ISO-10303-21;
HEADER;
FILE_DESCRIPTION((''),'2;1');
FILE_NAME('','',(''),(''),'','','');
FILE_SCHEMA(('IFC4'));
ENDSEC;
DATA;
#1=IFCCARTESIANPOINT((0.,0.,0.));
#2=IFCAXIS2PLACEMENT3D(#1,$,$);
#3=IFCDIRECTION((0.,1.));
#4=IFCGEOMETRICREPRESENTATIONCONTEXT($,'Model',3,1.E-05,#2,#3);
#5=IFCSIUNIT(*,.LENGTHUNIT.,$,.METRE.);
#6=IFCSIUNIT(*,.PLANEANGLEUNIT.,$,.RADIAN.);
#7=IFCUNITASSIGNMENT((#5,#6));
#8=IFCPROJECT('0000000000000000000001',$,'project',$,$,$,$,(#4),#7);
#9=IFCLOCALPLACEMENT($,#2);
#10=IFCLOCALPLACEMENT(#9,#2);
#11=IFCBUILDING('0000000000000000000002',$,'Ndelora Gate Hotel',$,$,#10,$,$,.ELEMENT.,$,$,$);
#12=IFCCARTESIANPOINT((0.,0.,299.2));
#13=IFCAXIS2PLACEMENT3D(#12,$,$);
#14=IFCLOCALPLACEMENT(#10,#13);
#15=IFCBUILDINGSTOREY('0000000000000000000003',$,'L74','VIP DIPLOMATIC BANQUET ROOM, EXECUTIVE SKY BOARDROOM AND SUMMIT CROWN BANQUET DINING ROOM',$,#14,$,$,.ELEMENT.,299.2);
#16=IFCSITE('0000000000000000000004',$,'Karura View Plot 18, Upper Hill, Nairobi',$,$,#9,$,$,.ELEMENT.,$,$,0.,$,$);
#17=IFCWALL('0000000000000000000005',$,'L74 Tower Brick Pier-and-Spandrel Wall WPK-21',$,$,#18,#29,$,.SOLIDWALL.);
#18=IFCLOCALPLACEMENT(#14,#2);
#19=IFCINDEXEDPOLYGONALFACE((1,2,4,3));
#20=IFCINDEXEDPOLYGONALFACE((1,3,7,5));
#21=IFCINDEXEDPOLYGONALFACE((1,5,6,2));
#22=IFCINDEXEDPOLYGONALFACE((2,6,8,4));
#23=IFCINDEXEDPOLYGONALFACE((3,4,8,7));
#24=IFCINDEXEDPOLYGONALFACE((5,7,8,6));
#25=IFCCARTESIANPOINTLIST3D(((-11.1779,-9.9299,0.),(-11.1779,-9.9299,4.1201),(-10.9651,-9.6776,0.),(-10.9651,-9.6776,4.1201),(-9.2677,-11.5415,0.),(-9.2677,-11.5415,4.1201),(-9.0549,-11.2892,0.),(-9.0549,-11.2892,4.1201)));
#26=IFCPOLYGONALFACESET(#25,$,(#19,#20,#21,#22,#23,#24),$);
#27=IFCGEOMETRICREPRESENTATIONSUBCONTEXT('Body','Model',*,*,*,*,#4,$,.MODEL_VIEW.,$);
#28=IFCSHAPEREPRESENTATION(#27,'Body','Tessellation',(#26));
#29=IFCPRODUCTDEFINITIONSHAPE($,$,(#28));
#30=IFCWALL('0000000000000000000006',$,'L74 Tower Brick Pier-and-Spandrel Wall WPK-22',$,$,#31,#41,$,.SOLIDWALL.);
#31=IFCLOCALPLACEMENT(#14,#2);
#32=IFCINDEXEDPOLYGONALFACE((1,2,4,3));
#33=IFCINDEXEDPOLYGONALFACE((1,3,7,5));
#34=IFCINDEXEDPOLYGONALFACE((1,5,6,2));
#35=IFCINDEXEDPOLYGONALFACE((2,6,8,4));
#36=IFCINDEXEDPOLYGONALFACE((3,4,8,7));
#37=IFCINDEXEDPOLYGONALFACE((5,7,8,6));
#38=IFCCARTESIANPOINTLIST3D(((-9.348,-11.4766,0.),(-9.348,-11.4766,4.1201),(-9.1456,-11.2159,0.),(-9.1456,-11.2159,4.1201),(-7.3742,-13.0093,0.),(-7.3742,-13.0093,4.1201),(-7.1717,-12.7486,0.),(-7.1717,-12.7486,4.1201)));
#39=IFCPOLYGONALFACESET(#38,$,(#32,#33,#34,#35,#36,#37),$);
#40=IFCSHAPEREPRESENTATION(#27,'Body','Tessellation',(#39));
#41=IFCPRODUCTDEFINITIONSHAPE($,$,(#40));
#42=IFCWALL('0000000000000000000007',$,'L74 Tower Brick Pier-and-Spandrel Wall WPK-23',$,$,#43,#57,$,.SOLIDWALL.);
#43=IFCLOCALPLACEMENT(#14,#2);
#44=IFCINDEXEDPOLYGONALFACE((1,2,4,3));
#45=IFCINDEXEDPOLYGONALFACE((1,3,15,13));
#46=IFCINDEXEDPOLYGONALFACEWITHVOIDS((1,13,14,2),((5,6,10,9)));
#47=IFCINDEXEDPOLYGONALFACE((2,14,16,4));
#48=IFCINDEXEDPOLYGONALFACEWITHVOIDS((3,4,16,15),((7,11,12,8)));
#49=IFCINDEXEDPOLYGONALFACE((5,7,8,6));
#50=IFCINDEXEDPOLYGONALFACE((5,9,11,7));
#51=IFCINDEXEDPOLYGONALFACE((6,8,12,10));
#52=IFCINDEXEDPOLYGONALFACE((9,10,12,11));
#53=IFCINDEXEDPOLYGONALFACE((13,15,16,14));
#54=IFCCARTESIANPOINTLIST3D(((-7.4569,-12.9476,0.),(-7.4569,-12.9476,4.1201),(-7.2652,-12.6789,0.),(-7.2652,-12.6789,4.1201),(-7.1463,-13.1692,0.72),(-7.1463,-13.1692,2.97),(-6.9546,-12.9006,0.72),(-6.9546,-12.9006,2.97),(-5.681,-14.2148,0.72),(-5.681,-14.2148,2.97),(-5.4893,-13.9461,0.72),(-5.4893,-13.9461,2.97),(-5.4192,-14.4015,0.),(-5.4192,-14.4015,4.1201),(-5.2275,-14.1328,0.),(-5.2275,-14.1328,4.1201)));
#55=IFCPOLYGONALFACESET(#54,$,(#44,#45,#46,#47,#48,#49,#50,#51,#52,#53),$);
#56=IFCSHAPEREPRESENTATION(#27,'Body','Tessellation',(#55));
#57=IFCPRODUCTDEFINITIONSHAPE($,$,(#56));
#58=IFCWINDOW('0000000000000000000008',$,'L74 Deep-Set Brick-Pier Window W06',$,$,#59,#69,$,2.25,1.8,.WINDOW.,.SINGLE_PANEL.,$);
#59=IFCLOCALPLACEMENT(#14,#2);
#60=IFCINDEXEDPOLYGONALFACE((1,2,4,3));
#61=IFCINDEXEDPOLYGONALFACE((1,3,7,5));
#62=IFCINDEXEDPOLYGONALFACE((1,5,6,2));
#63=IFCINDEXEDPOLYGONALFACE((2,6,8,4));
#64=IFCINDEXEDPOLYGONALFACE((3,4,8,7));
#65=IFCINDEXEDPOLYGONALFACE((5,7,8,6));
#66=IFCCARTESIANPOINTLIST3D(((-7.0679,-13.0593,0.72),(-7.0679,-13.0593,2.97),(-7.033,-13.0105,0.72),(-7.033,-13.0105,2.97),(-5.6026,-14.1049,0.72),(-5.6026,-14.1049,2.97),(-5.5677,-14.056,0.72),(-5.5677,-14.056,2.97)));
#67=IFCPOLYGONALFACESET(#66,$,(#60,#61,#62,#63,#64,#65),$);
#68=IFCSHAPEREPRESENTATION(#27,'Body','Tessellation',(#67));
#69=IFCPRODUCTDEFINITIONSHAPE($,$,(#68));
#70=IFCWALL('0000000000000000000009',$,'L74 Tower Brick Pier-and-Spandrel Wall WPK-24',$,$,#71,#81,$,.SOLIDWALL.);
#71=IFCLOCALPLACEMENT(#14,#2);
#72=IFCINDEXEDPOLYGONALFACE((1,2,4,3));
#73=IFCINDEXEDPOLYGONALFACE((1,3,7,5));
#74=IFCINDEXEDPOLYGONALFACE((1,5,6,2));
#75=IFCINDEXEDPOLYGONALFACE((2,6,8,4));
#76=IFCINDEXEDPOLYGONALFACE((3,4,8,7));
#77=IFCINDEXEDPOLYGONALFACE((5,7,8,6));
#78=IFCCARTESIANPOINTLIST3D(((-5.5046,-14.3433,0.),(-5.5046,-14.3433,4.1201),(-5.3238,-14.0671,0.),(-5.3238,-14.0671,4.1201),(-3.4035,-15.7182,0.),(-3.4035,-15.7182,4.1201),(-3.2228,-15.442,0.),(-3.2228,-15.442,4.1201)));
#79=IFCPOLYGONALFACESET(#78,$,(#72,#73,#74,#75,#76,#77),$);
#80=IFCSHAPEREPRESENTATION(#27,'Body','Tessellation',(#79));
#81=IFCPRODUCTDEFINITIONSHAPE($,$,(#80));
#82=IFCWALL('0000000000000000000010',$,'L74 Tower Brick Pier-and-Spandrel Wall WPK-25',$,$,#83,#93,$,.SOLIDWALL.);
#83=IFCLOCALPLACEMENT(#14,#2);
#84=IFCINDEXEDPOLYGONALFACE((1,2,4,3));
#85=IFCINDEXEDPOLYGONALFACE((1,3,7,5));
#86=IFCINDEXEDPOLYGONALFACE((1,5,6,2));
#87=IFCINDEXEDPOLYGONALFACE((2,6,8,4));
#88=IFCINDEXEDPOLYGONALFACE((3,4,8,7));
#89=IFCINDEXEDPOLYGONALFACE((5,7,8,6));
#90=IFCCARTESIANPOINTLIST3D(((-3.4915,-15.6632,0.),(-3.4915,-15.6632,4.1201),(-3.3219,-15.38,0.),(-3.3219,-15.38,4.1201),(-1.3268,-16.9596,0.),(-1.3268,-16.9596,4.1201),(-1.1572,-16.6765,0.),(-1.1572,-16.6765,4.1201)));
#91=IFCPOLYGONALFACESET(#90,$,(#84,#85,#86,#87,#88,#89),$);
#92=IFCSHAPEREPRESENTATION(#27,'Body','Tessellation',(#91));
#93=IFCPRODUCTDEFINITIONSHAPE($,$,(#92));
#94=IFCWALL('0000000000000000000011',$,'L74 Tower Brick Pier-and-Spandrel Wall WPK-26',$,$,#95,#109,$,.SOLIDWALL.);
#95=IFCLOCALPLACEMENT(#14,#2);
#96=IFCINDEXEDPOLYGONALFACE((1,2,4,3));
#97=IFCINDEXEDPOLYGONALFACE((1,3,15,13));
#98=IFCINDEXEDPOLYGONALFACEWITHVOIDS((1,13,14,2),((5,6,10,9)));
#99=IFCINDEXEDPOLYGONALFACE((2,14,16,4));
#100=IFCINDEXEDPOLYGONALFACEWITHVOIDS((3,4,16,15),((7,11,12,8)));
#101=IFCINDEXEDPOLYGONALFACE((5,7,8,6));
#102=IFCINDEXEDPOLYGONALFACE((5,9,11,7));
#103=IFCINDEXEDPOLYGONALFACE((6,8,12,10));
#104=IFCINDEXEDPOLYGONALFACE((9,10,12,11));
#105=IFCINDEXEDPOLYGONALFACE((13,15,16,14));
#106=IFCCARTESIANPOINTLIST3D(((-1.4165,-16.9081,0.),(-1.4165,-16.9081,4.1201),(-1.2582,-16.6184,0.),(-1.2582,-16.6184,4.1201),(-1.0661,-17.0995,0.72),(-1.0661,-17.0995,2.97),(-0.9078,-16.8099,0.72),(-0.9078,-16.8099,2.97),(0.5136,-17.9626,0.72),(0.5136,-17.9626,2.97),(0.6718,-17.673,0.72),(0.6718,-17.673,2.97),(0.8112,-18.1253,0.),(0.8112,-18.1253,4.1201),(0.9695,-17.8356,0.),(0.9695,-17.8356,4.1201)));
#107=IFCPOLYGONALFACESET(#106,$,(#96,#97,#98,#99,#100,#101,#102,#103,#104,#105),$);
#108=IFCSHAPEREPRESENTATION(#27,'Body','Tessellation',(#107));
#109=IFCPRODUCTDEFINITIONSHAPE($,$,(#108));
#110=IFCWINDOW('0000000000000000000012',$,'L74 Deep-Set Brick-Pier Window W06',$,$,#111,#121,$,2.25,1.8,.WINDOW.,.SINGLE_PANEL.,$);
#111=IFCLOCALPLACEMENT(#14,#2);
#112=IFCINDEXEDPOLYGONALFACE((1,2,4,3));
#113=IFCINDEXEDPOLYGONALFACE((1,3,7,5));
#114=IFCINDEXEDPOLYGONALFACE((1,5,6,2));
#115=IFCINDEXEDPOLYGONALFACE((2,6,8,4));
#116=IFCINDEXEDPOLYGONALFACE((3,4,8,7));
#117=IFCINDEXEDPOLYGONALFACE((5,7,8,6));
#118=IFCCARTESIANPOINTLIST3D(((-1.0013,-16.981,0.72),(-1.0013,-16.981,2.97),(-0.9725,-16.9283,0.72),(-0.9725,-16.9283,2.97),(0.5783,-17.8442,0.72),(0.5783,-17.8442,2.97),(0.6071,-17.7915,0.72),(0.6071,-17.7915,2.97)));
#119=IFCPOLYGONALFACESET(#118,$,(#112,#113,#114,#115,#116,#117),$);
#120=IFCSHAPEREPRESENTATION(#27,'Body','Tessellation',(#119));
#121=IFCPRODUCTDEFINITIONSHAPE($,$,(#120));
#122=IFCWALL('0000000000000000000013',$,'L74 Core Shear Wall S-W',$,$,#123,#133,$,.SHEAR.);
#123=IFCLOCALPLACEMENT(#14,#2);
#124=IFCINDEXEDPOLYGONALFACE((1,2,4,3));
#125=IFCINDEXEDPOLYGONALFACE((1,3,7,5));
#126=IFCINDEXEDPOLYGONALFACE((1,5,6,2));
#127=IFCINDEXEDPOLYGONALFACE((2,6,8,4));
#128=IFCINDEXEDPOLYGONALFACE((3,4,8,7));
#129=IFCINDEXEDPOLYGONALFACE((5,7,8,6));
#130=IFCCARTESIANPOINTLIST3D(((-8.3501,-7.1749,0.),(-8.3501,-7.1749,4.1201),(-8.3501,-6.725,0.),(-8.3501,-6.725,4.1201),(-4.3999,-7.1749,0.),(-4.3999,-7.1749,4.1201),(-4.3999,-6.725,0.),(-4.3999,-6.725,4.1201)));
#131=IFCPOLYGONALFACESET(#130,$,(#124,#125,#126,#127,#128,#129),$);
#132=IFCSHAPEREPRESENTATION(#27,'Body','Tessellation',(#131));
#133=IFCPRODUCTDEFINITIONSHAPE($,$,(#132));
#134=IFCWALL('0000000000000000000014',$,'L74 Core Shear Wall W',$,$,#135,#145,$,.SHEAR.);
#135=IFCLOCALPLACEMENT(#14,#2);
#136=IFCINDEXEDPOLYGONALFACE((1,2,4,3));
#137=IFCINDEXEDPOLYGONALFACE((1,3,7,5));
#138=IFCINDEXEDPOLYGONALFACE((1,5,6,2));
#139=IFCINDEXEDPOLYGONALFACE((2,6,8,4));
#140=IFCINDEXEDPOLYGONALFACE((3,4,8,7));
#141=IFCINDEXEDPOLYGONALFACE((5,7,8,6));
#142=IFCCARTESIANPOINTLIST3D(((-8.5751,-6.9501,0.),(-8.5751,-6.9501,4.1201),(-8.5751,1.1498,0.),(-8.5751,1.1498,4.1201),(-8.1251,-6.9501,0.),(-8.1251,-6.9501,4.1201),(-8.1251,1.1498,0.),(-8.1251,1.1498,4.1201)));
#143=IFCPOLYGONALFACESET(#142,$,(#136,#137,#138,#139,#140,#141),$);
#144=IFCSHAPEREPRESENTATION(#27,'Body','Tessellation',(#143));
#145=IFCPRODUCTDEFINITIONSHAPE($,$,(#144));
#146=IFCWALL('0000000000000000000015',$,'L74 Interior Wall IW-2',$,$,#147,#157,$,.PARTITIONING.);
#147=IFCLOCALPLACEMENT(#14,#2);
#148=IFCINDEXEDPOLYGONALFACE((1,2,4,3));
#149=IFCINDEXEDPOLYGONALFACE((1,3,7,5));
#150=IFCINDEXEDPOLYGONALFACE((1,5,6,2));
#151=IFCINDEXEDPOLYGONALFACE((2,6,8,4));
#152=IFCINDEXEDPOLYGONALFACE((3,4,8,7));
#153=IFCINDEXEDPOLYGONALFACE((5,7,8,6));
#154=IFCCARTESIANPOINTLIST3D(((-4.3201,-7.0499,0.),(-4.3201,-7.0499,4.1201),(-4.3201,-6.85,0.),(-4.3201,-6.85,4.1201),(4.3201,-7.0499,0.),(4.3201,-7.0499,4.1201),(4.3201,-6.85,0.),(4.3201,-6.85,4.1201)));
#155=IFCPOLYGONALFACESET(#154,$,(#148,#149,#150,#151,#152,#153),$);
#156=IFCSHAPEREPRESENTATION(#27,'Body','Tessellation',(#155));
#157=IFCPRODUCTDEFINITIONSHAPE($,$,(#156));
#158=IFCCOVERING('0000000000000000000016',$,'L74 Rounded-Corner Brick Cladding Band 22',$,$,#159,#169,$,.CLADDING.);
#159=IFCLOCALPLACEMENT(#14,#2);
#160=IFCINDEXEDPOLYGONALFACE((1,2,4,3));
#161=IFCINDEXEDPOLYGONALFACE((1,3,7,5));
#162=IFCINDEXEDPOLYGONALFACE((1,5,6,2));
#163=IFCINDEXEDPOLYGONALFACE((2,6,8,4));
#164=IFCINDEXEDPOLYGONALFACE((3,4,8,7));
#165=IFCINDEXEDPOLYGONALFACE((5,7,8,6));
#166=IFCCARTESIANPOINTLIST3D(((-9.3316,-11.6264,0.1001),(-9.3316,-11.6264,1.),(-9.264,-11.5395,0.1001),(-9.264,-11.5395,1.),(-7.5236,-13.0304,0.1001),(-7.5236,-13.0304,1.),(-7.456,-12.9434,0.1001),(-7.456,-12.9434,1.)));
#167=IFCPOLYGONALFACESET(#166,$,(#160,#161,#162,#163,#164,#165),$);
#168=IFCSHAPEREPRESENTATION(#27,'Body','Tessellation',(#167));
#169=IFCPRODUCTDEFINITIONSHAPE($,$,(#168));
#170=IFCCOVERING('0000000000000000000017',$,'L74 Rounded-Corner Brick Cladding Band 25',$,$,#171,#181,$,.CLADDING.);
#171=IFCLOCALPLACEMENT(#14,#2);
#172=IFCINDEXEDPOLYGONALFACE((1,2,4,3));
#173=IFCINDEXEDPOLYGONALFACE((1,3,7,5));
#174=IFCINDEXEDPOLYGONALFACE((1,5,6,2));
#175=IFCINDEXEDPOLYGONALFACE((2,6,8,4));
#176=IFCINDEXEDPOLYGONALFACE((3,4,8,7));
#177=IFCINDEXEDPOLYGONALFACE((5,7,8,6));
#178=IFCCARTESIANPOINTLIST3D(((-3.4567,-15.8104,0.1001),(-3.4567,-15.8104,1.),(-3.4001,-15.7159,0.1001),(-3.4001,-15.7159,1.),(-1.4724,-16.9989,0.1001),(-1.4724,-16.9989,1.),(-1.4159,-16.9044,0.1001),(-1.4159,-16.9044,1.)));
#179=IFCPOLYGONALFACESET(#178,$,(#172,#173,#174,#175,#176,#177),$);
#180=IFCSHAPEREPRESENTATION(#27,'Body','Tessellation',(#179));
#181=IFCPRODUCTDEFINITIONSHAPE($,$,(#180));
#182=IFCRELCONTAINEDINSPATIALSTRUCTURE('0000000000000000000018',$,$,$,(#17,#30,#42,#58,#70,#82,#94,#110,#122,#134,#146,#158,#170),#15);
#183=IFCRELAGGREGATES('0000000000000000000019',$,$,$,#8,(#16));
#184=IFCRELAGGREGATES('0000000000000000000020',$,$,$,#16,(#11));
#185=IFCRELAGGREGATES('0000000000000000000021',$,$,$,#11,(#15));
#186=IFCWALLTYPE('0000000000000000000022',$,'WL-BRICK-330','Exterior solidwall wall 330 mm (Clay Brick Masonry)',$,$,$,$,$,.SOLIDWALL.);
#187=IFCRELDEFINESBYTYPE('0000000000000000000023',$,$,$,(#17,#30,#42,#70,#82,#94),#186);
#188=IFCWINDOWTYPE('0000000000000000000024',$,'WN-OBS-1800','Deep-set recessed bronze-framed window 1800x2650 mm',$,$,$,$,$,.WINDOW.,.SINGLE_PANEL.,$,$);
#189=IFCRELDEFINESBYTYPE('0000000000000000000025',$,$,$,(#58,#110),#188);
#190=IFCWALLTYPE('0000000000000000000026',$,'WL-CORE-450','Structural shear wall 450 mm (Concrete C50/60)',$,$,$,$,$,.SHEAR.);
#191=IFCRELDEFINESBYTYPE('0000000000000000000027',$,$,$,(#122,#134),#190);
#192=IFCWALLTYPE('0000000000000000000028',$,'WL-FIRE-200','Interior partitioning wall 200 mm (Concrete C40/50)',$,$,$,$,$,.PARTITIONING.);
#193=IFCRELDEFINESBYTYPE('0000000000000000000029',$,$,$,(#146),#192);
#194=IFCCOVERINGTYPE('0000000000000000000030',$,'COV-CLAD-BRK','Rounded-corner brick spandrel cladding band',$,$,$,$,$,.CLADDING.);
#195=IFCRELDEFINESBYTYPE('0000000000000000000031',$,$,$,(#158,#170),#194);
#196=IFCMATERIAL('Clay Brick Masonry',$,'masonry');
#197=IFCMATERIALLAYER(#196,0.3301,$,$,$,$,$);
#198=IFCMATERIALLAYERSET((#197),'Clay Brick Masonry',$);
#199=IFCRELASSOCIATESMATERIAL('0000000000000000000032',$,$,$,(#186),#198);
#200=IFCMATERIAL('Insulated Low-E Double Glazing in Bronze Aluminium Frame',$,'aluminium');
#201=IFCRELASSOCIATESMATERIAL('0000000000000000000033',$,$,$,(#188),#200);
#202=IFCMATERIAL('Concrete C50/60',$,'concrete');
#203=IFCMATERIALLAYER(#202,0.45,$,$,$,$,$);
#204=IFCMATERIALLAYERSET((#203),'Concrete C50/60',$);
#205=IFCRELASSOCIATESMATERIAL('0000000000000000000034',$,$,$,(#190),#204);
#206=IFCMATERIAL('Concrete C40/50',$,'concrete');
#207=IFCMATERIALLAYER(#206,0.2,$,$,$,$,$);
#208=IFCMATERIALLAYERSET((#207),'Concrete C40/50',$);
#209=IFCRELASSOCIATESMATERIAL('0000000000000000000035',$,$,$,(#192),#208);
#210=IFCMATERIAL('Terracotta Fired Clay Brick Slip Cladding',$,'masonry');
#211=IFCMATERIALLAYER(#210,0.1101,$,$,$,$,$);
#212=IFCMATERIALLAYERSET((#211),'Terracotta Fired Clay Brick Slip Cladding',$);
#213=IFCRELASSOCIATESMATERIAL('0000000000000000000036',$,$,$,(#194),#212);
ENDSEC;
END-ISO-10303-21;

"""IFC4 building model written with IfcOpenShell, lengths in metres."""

from ifc_helpers import new_model, si_unit, direction, frame, frame_2d, origin, origin_2d, place, context, subcontext, project, spatial, rectangle, extrude, material, layer, layer_set, type_object, element, fill, save


model = new_model("IFC4")

# Units and contexts
model_context = context("Model", 3, precision=1e-05, world=origin(), true_north=direction((0.0, 1.0)))
body_context = subcontext(model_context, "Body", "Model", "MODEL_VIEW")
ifc_project = project(units=[si_unit("LENGTHUNIT", "METRE"), si_unit("PLANEANGLEUNIT", "RADIAN")], contexts=[model_context])

# Site, building, storey
site_placement = place(None, origin())
site = spatial("IfcSite", under=ifc_project, at=site_placement, Name="Karura View Plot 18, Upper Hill, Nairobi", CompositionType="ELEMENT", RefElevation=0.0)
building_placement = place(site_placement, origin())
building = spatial("IfcBuilding", under=site, at=building_placement, Name="Ndelora Gate Hotel", CompositionType="ELEMENT")
storey_placement = place(building_placement, frame((0.0, 0.0, 299.2)))
storey = spatial("IfcBuildingStorey", under=building, at=storey_placement, Name="L74", Description="VIP DIPLOMATIC BANQUET ROOM, EXECUTIVE SKY BOARDROOM AND SUMMIT CROWN BANQUET DINING ROOM", CompositionType="ELEMENT", Elevation=299.2)

# Shared definitions
ifc_material_1 = material(Name="Concrete C50/60", Category="concrete")

# Walls
ifc_material_2 = material(Name="Clay Brick Masonry", Category="masonry")
ifc_layer_1 = layer(ifc_material_2, 0.3301)
ifc_layer_set_1 = layer_set([ifc_layer_1], Name="Clay Brick Masonry")
wall_type_1 = type_object("IfcWallType", Name="WL-BRICK-330", Description="Exterior solidwall wall 330 mm (Clay Brick Masonry)", PredefinedType="SOLIDWALL", material=ifc_layer_set_1)
wall_1_placement = place(storey_placement, frame((-9.1614, -11.4153, 0.0), z_axis=(0.0, 0.0, 1.0), x_axis=(-0.764316, 0.644842, 0.0)))
element("IfcWall", 1, at=wall_1_placement, inside=storey, type_object=wall_type_1, Name="L74 Tower Brick Pier-and-Spandrel Wall WPK-21", PredefinedType="SOLIDWALL", context=body_context, shape_type="SweptSolid", body=[
    extrude(rectangle(XDim=2.4993, YDim=0.3301, at=frame_2d((1.2495, 0.0))), origin(), (0.0, 0.0, 1.0), 4.1201),
])
wall_2_placement = place(storey_placement, frame((-7.2729, -12.8789, 0.0), z_axis=(0.0, 0.0, 1.0), x_axis=(-0.789841, 0.613311, 0.0)))
element("IfcWall", 2, at=wall_2_placement, inside=storey, type_object=wall_type_1, Name="L74 Tower Brick Pier-and-Spandrel Wall WPK-22", PredefinedType="SOLIDWALL", context=body_context, shape_type="SweptSolid", body=[
    extrude(rectangle(XDim=2.499, YDim=0.3301, at=frame_2d((1.2495, 0.0))), origin(), (0.0, 0.0, 1.0), 4.1201),
])

# Wall, opening, window
wall_3_placement = place(storey_placement, frame((-5.3235, -14.2671, 0.0), z_axis=(0.0, 0.0, 1.0), x_axis=(-0.81403, 0.580823, 0.0)))
wall_3 = element("IfcWall", 3, at=wall_3_placement, inside=storey, type_object=wall_type_1, Name="L74 Tower Brick Pier-and-Spandrel Wall WPK-23", PredefinedType="SOLIDWALL", context=body_context, shape_type="SweptSolid", body=[
    extrude(rectangle(XDim=2.5032, YDim=0.3301, at=frame_2d((1.2515, 0.0))), origin(), (0.0, 0.0, 1.0), 4.1201),
])
opening_1_placement = place(wall_3_placement, frame((0.3215, 0.0, 0.72)))
opening_1 = element("IfcOpeningElement", 4, at=opening_1_placement, cuts=wall_3, PredefinedType="OPENING", context=body_context, shape_type="SweptSolid", body=[
    extrude(rectangle(XDim=1.8, YDim=2.25, at=frame_2d((0.8999, 1.125))), frame((0.0, 0.175, 0.0), z_axis=(0.0, -1.0, 0.0), x_axis=(1.0, 0.0, 0.0)), (0.0, 0.0, 1.0), 0.3501),
])
ifc_material_3 = material(Name="Insulated Low-E Double Glazing in Bronze Aluminium Frame", Category="aluminium")
window_type = type_object("IfcWindowType", Name="WN-OBS-1800", Description="Deep-set recessed bronze-framed window 1800x2650 mm", PartitioningType="SINGLE_PANEL", PredefinedType="WINDOW", material=ifc_material_3)
window_1_placement = place(opening_1_placement, origin())
window_1 = element("IfcWindow", 5, at=window_1_placement, inside=storey, type_object=window_type, Name="L74 Deep-Set Brick-Pier Window W06", OverallHeight=2.25, OverallWidth=1.8, PartitioningType="SINGLE_PANEL", PredefinedType="WINDOW", context=body_context, shape_type="SweptSolid", body=[
    extrude(rectangle(XDim=1.8, YDim=2.25, at=frame_2d((0.8999, 1.125))), frame((0.0, 0.03, 0.0), z_axis=(0.0, -1.0, 0.0), x_axis=(1.0, 0.0, 0.0)), (0.0, 0.0, 1.0), 0.0601),
])
fill(opening_1, window_1)

# Walls
wall_4_placement = place(storey_placement, frame((-3.3132, -15.5801, 0.0), z_axis=(0.0, 0.0, 1.0), x_axis=(-0.836747, 0.54759, 0.0)))
element("IfcWall", 6, at=wall_4_placement, inside=storey, type_object=wall_type_1, Name="L74 Tower Brick Pier-and-Spandrel Wall WPK-24", PredefinedType="SOLIDWALL", context=body_context, shape_type="SweptSolid", body=[
    extrude(rectangle(XDim=2.511, YDim=0.3301, at=frame_2d((1.2554, 0.0))), origin(), (0.0, 0.0, 1.0), 4.1201),
])
wall_5_placement = place(storey_placement, frame((-1.2419, -16.8181, 0.0), z_axis=(0.0, 0.0, 1.0), x_axis=(-0.857902, 0.513813, 0.0)))
element("IfcWall", 7, at=wall_5_placement, inside=storey, type_object=wall_type_1, Name="L74 Tower Brick Pier-and-Spandrel Wall WPK-25", PredefinedType="SOLIDWALL", context=body_context, shape_type="SweptSolid", body=[
    extrude(rectangle(XDim=2.5232, YDim=0.3301, at=frame_2d((1.2617, 0.0))), origin(), (0.0, 0.0, 1.0), 4.1201),
])

# Wall, opening, window
wall_6_placement = place(storey_placement, frame((0.8904, -17.9805, 0.0), z_axis=(0.0, 0.0, 1.0), x_axis=(-0.877543, 0.479499, 0.0)))
wall_6 = element("IfcWall", 8, at=wall_6_placement, inside=storey, type_object=wall_type_1, Name="L74 Tower Brick Pier-and-Spandrel Wall WPK-26", PredefinedType="SOLIDWALL", context=body_context, shape_type="SweptSolid", body=[
    extrude(rectangle(XDim=2.5386, YDim=0.3301, at=frame_2d((1.2693, 0.0))), origin(), (0.0, 0.0, 1.0), 4.1201),
])
opening_2_placement = place(wall_6_placement, frame((0.3394, 0.0, 0.72)))
opening_2 = element("IfcOpeningElement", 9, at=opening_2_placement, cuts=wall_6, PredefinedType="OPENING", context=body_context, shape_type="SweptSolid", body=[
    extrude(rectangle(XDim=1.8, YDim=2.25, at=frame_2d((0.8999, 1.125))), frame((0.0, 0.175, 0.0), z_axis=(0.0, -1.0, 0.0), x_axis=(1.0, 0.0, 0.0)), (0.0, 0.0, 1.0), 0.3501),
])
window_2_placement = place(opening_2_placement, origin())
window_2 = element("IfcWindow", 10, at=window_2_placement, inside=storey, type_object=window_type, Name="L74 Deep-Set Brick-Pier Window W06", OverallHeight=2.25, OverallWidth=1.8, PartitioningType="SINGLE_PANEL", PredefinedType="WINDOW", context=body_context, shape_type="SweptSolid", body=[
    extrude(rectangle(XDim=1.8, YDim=2.25, at=frame_2d((0.8999, 1.125))), frame((0.0, 0.03, 0.0), z_axis=(0.0, -1.0, 0.0), x_axis=(1.0, 0.0, 0.0)), (0.0, 0.0, 1.0), 0.0601),
])
fill(opening_2, window_2)

# Walls
ifc_layer_2 = layer(ifc_material_1, 0.45)
ifc_layer_set_2 = layer_set([ifc_layer_2], Name="Concrete C50/60")
wall_type_2 = type_object("IfcWallType", Name="WL-CORE-450", Description="Structural shear wall 450 mm (Concrete C50/60)", PredefinedType="SHEAR", material=ifc_layer_set_2)
wall_7_placement = place(storey_placement, frame((-8.3501, -6.95, 0.0), z_axis=(0.0, 0.0, 1.0), x_axis=(1.0, 0.0, 0.0)))
element("IfcWall", 11, at=wall_7_placement, inside=storey, type_object=wall_type_2, Name="L74 Core Shear Wall S-W", PredefinedType="SHEAR", context=body_context, shape_type="SweptSolid", body=[
    extrude(rectangle(XDim=3.9502, YDim=0.45, at=frame_2d((1.9751, 0.0))), origin(), (0.0, 0.0, 1.0), 4.1201),
])
wall_8_placement = place(storey_placement, frame((-8.3501, -6.95, 0.0), z_axis=(0.0, 0.0, 1.0), x_axis=(0.0, 1.0, 0.0)))
element("IfcWall", 12, at=wall_8_placement, inside=storey, type_object=wall_type_2, Name="L74 Core Shear Wall W", PredefinedType="SHEAR", context=body_context, shape_type="SweptSolid", body=[
    extrude(rectangle(XDim=8.0999, YDim=0.45, at=frame_2d((4.0498, 0.0))), origin(), (0.0, 0.0, 1.0), 4.1201),
])
ifc_material_4 = material(Name="Concrete C40/50", Category="concrete")
ifc_layer_3 = layer(ifc_material_4, 0.2)
ifc_layer_set_3 = layer_set([ifc_layer_3], Name="Concrete C40/50")
wall_type_3 = type_object("IfcWallType", Name="WL-FIRE-200", Description="Interior partitioning wall 200 mm (Concrete C40/50)", PredefinedType="PARTITIONING", material=ifc_layer_set_3)
wall_9_placement = place(storey_placement, frame((-4.3201, -6.95, 0.0), z_axis=(0.0, 0.0, 1.0), x_axis=(1.0, 0.0, 0.0)))
element("IfcWall", 13, at=wall_9_placement, inside=storey, type_object=wall_type_3, Name="L74 Interior Wall IW-2", PredefinedType="PARTITIONING", context=body_context, shape_type="SweptSolid", body=[
    extrude(rectangle(XDim=8.6401, YDim=0.2, at=frame_2d((4.3201, 0.0))), origin(), (0.0, 0.0, 1.0), 4.1201),
])

# Coverings
ifc_material_5 = material(Name="Terracotta Fired Clay Brick Slip Cladding", Category="masonry")
ifc_layer_4 = layer(ifc_material_5, 0.1101)
ifc_layer_set_4 = layer_set([ifc_layer_4], Name="Terracotta Fired Clay Brick Slip Cladding")
covering_type_1 = type_object("IfcCoveringType", Name="COV-CLAD-BRK", Description="Rounded-corner brick spandrel cladding band", PredefinedType="CLADDING", material=ifc_layer_set_4)
covering_1_placement = place(storey_placement, frame((-8.3938, -12.2849, 0.1001), z_axis=(0.0, 0.0, 1.0), x_axis=(-0.789834, 0.613321, 0.0)))
element("IfcCovering", 14, at=covering_1_placement, inside=storey, type_object=covering_type_1, Name="L74 Rounded-Corner Brick Cladding Band 22", PredefinedType="CLADDING", context=body_context, shape_type="SweptSolid", body=[
    extrude(rectangle(XDim=2.2891, YDim=0.1101, at=origin_2d()), origin(), (0.0, 0.0, 1.0), 0.8999),
])
covering_2_placement = place(storey_placement, frame((-2.4363, -16.3574, 0.1001), z_axis=(0.0, 0.0, 1.0), x_axis=(-0.857886, 0.513841, 0.0)))
element("IfcCovering", 15, at=covering_2_placement, inside=storey, type_object=covering_type_1, Name="L74 Rounded-Corner Brick Cladding Band 25", PredefinedType="CLADDING", context=body_context, shape_type="SweptSolid", body=[
    extrude(rectangle(XDim=2.313, YDim=0.1101, at=origin_2d()), origin(), (0.0, 0.0, 1.0), 0.8999),
])

save(model, "model.ifc")
